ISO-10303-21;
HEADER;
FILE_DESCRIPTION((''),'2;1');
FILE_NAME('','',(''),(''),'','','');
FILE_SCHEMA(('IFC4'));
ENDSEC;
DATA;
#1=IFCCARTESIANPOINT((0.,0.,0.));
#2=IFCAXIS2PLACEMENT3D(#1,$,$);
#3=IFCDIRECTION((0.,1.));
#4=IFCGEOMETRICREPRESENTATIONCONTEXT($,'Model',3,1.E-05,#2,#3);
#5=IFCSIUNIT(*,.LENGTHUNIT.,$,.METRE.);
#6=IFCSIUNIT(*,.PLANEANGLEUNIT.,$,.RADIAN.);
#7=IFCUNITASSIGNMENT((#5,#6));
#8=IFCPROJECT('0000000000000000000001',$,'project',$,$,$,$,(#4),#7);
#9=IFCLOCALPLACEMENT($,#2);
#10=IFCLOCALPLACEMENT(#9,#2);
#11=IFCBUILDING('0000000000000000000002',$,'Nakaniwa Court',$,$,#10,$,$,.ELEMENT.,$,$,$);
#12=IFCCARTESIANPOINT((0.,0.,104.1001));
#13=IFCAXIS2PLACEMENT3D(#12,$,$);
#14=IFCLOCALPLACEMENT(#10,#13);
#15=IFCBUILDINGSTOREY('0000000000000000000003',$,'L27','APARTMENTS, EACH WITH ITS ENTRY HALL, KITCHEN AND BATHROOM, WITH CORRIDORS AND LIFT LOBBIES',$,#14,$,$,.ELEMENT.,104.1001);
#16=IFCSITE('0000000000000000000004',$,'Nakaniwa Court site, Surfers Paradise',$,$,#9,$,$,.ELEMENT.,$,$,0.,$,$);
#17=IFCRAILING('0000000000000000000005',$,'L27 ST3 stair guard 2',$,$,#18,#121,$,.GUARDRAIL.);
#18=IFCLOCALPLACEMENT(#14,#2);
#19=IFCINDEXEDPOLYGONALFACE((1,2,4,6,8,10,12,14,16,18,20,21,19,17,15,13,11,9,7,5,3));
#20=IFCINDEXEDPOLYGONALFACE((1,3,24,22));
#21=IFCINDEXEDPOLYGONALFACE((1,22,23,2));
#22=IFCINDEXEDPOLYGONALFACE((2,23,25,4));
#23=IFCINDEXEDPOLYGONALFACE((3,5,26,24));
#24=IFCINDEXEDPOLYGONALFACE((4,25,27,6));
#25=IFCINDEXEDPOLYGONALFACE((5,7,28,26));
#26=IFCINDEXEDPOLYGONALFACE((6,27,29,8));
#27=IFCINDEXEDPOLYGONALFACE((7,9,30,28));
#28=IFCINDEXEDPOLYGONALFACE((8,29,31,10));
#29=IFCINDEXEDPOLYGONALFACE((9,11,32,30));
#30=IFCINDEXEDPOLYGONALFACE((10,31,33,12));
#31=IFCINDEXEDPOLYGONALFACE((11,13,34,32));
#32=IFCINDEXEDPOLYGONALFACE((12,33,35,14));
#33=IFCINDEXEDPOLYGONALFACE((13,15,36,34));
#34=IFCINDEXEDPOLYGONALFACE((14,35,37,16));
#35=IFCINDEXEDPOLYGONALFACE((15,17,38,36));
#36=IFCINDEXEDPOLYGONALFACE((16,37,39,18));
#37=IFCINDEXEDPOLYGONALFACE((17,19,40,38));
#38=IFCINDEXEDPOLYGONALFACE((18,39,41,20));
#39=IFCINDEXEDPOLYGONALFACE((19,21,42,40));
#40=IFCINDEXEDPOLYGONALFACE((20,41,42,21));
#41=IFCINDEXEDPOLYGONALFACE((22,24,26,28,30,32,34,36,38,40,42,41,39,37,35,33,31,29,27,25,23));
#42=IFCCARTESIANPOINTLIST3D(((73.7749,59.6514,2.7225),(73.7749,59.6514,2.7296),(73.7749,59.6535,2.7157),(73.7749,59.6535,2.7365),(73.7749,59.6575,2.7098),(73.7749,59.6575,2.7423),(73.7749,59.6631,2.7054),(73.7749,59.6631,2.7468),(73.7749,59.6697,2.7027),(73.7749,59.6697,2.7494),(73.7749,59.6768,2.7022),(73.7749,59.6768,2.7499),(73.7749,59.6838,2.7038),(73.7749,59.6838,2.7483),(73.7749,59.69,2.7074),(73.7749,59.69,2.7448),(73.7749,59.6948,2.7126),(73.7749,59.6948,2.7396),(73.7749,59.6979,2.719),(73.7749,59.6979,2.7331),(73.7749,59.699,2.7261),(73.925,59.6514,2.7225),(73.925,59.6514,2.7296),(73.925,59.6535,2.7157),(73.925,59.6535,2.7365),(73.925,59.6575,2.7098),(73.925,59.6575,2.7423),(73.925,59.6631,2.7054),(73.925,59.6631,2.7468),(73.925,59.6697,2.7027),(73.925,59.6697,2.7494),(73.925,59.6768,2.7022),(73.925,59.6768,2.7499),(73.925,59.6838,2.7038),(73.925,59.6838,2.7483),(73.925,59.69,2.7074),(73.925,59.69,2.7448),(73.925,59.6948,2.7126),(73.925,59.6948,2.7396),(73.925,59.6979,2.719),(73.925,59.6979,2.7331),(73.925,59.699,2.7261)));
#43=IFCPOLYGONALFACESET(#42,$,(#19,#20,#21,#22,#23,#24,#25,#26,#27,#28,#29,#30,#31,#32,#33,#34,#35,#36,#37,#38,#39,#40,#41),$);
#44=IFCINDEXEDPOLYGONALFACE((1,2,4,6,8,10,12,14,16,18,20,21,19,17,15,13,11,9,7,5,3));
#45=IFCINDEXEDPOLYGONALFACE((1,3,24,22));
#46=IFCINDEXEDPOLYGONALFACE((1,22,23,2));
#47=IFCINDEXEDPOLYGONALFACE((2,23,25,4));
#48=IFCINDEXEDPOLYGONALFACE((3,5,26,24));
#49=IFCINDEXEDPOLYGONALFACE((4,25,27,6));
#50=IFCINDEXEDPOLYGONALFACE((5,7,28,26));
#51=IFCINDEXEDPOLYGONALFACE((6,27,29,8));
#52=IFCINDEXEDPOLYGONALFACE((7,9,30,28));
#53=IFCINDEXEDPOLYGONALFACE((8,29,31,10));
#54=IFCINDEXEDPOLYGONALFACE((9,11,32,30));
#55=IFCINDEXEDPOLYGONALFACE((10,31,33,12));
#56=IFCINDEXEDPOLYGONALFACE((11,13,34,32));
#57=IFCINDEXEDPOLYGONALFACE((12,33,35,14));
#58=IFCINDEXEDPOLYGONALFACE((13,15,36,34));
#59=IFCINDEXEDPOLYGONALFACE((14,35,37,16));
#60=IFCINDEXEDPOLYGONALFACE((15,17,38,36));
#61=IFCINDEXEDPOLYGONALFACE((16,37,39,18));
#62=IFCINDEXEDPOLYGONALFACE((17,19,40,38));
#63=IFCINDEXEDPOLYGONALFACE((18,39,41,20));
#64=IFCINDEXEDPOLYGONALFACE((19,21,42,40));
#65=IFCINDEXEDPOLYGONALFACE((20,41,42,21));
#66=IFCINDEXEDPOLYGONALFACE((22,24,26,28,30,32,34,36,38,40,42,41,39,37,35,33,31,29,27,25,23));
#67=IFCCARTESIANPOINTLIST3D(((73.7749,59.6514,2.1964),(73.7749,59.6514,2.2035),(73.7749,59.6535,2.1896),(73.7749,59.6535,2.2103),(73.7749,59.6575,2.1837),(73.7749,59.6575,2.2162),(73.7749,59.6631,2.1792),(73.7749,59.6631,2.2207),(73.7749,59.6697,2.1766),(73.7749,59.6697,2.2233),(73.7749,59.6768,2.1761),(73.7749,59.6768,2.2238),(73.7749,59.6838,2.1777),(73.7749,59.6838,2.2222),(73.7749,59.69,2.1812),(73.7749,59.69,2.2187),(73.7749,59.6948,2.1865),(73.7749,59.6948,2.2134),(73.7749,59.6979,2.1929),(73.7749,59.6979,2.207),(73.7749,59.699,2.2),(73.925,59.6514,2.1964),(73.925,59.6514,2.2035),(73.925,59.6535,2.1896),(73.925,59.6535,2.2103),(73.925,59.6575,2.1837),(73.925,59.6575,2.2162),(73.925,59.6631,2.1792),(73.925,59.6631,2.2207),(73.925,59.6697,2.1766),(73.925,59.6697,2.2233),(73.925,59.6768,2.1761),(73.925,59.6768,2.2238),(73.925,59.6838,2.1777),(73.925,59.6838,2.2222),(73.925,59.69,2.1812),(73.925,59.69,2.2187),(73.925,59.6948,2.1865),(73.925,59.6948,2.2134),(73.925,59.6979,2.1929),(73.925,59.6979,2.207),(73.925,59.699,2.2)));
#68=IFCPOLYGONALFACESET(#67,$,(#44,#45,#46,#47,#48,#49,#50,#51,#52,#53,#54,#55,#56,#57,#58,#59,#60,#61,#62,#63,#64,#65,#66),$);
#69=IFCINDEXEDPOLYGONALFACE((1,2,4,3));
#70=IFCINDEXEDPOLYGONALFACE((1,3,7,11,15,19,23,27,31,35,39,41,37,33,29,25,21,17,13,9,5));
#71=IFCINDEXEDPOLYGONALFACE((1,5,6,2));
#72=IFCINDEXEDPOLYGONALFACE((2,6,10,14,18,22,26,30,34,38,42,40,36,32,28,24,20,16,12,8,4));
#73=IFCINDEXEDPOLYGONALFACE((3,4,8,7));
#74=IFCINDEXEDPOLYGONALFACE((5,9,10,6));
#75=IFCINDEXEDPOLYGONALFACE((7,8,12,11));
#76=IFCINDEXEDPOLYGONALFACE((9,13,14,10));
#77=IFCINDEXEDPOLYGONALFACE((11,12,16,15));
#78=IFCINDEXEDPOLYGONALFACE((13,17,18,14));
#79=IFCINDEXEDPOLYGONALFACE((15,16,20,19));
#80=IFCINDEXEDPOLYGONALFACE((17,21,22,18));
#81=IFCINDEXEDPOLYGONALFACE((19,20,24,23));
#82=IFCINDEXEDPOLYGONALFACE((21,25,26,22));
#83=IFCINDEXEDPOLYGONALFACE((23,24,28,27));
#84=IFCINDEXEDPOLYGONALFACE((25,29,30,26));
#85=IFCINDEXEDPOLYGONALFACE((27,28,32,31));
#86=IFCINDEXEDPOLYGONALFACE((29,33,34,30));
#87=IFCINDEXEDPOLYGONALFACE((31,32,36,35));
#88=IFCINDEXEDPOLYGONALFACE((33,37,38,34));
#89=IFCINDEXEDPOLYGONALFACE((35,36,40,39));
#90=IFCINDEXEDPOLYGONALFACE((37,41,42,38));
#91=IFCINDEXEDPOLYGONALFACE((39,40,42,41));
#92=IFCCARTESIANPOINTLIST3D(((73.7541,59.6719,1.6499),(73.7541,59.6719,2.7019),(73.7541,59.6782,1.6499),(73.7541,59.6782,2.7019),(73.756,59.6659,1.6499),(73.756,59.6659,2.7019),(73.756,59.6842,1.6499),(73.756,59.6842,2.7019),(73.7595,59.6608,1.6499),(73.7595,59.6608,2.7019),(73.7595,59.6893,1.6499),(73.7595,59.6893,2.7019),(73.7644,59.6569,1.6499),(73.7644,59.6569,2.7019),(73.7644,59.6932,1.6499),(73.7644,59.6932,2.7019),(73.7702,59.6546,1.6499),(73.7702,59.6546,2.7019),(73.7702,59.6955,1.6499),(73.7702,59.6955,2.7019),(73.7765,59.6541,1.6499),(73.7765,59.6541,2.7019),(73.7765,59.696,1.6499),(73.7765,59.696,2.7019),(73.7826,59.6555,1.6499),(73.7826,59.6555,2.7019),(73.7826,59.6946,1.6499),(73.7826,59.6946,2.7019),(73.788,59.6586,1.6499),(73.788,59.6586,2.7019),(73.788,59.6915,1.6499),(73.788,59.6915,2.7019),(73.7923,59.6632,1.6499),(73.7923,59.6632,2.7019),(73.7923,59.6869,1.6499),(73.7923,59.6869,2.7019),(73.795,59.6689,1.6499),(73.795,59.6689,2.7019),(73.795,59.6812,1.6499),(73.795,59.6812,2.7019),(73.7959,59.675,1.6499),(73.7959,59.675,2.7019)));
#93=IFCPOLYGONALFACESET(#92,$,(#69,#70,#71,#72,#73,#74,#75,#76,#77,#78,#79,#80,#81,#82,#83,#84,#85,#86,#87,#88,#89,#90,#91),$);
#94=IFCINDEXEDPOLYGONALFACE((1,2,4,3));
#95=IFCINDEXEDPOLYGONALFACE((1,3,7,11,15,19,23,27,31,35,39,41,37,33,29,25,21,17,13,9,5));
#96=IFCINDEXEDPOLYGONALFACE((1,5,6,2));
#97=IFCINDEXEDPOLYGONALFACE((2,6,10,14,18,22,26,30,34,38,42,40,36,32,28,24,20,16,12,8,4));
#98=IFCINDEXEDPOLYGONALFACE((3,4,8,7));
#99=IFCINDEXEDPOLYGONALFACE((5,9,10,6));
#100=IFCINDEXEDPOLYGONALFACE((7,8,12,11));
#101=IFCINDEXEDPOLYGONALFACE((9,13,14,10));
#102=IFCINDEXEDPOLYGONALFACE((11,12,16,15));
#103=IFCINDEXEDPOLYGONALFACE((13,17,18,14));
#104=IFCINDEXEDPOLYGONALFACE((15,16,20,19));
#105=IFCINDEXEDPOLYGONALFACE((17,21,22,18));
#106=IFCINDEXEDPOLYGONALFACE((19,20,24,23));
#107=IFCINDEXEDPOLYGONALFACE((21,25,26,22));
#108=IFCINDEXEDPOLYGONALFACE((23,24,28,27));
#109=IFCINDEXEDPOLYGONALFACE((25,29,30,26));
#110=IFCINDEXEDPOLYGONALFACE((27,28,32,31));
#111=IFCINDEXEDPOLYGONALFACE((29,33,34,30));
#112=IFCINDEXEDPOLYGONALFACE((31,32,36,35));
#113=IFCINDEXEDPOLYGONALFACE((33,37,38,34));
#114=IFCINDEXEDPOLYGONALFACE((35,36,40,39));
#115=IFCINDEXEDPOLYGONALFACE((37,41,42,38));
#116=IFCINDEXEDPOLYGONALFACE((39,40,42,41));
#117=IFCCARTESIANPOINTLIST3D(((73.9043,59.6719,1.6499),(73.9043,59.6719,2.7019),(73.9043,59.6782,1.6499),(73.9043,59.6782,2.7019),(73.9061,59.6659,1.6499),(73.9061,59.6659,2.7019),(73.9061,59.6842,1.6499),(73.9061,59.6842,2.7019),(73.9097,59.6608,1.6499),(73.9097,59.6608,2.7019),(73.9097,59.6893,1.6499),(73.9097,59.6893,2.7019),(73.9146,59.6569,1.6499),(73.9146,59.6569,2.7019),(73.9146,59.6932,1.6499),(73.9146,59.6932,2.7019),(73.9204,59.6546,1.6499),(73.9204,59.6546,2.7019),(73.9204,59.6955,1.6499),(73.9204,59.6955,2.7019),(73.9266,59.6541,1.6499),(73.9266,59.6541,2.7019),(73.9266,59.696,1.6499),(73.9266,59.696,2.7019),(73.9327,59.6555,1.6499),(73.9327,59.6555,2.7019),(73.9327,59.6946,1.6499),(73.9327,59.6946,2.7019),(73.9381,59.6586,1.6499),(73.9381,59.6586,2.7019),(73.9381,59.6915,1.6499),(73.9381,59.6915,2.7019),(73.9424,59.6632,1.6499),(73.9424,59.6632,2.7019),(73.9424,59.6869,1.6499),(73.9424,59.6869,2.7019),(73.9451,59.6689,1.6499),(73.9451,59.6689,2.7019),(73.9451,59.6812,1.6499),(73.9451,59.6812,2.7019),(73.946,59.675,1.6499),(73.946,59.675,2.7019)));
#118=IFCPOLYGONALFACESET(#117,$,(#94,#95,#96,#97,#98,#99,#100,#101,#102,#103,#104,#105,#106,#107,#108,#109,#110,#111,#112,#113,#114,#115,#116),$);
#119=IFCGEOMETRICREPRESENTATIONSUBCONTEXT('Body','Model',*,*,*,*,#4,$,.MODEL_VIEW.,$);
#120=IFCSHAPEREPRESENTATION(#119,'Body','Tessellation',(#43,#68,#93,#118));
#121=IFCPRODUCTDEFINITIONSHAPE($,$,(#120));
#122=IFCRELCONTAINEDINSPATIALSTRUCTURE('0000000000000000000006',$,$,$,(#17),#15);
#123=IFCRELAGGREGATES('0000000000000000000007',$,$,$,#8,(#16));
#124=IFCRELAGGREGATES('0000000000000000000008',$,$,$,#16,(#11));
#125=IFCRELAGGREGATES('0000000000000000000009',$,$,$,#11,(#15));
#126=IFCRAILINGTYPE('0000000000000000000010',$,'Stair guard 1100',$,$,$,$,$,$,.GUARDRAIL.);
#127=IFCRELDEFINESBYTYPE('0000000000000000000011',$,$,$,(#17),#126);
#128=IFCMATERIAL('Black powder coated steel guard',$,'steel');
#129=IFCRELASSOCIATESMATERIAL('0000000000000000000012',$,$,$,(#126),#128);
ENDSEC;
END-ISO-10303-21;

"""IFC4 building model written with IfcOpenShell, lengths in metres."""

from ifc_helpers import new_model, si_unit, direction, frame, origin, origin_2d, place, context, subcontext, project, spatial, circle, extrude, material, type_object, element, save


model = new_model("IFC4")

# Units and contexts
model_context = context("Model", 3, precision=1e-05, world=origin(), true_north=direction((0.0, 1.0)))
body_context = subcontext(model_context, "Body", "Model", "MODEL_VIEW")
ifc_project = project(units=[si_unit("LENGTHUNIT", "METRE"), si_unit("PLANEANGLEUNIT", "RADIAN")], contexts=[model_context])

# Site, building, storey
site_placement = place(None, origin())
site = spatial("IfcSite", under=ifc_project, at=site_placement, Name="Nakaniwa Court site, Surfers Paradise", CompositionType="ELEMENT", RefElevation=0.0)
building_placement = place(site_placement, origin())
building = spatial("IfcBuilding", under=site, at=building_placement, Name="Nakaniwa Court", CompositionType="ELEMENT")
storey_placement = place(building_placement, frame((0.0, 0.0, 104.1001)))
storey = spatial("IfcBuildingStorey", under=building, at=storey_placement, Name="L27", Description="APARTMENTS, EACH WITH ITS ENTRY HALL, KITCHEN AND BATHROOM, WITH CORRIDORS AND LIFT LOBBIES", CompositionType="ELEMENT", Elevation=104.1001)

# Railing
ifc_material_1 = material(Name="Black powder coated steel guard", Category="steel")
railing_type_1 = type_object("IfcRailingType", Name="Stair guard 1100", PredefinedType="GUARDRAIL", material=ifc_material_1)
railing_1_placement = place(storey_placement, frame((73.7749, 59.675, 1.6499)))
element("IfcRailing", 1, at=railing_1_placement, inside=storey, type_object=railing_type_1, Name="L27 ST3 stair guard 2", PredefinedType="GUARDRAIL", context=body_context, shape_type="SweptSolid", body=[
    extrude(circle(Radius=0.0239, at=origin_2d()), frame((0.0, 0.0, 1.0762), z_axis=(1.0, 0.0, 0.0), x_axis=(0.0, 1.0, 0.0)), (0.0, 0.0, 1.0), 0.1501),
    extrude(circle(Radius=0.0239, at=origin_2d()), frame((0.0, 0.0, 0.55), z_axis=(1.0, 0.0, 0.0), x_axis=(0.0, 1.0, 0.0)), (0.0, 0.0, 1.0), 0.1501),
    extrude(circle(Radius=0.021, at=origin_2d()), origin(), (0.0, 0.0, 1.0), 1.052),
    extrude(circle(Radius=0.021, at=origin_2d()), frame((0.1501, 0.0, 0.0)), (0.0, 0.0, 1.0), 1.052),
])

save(model, "model.ifc")
